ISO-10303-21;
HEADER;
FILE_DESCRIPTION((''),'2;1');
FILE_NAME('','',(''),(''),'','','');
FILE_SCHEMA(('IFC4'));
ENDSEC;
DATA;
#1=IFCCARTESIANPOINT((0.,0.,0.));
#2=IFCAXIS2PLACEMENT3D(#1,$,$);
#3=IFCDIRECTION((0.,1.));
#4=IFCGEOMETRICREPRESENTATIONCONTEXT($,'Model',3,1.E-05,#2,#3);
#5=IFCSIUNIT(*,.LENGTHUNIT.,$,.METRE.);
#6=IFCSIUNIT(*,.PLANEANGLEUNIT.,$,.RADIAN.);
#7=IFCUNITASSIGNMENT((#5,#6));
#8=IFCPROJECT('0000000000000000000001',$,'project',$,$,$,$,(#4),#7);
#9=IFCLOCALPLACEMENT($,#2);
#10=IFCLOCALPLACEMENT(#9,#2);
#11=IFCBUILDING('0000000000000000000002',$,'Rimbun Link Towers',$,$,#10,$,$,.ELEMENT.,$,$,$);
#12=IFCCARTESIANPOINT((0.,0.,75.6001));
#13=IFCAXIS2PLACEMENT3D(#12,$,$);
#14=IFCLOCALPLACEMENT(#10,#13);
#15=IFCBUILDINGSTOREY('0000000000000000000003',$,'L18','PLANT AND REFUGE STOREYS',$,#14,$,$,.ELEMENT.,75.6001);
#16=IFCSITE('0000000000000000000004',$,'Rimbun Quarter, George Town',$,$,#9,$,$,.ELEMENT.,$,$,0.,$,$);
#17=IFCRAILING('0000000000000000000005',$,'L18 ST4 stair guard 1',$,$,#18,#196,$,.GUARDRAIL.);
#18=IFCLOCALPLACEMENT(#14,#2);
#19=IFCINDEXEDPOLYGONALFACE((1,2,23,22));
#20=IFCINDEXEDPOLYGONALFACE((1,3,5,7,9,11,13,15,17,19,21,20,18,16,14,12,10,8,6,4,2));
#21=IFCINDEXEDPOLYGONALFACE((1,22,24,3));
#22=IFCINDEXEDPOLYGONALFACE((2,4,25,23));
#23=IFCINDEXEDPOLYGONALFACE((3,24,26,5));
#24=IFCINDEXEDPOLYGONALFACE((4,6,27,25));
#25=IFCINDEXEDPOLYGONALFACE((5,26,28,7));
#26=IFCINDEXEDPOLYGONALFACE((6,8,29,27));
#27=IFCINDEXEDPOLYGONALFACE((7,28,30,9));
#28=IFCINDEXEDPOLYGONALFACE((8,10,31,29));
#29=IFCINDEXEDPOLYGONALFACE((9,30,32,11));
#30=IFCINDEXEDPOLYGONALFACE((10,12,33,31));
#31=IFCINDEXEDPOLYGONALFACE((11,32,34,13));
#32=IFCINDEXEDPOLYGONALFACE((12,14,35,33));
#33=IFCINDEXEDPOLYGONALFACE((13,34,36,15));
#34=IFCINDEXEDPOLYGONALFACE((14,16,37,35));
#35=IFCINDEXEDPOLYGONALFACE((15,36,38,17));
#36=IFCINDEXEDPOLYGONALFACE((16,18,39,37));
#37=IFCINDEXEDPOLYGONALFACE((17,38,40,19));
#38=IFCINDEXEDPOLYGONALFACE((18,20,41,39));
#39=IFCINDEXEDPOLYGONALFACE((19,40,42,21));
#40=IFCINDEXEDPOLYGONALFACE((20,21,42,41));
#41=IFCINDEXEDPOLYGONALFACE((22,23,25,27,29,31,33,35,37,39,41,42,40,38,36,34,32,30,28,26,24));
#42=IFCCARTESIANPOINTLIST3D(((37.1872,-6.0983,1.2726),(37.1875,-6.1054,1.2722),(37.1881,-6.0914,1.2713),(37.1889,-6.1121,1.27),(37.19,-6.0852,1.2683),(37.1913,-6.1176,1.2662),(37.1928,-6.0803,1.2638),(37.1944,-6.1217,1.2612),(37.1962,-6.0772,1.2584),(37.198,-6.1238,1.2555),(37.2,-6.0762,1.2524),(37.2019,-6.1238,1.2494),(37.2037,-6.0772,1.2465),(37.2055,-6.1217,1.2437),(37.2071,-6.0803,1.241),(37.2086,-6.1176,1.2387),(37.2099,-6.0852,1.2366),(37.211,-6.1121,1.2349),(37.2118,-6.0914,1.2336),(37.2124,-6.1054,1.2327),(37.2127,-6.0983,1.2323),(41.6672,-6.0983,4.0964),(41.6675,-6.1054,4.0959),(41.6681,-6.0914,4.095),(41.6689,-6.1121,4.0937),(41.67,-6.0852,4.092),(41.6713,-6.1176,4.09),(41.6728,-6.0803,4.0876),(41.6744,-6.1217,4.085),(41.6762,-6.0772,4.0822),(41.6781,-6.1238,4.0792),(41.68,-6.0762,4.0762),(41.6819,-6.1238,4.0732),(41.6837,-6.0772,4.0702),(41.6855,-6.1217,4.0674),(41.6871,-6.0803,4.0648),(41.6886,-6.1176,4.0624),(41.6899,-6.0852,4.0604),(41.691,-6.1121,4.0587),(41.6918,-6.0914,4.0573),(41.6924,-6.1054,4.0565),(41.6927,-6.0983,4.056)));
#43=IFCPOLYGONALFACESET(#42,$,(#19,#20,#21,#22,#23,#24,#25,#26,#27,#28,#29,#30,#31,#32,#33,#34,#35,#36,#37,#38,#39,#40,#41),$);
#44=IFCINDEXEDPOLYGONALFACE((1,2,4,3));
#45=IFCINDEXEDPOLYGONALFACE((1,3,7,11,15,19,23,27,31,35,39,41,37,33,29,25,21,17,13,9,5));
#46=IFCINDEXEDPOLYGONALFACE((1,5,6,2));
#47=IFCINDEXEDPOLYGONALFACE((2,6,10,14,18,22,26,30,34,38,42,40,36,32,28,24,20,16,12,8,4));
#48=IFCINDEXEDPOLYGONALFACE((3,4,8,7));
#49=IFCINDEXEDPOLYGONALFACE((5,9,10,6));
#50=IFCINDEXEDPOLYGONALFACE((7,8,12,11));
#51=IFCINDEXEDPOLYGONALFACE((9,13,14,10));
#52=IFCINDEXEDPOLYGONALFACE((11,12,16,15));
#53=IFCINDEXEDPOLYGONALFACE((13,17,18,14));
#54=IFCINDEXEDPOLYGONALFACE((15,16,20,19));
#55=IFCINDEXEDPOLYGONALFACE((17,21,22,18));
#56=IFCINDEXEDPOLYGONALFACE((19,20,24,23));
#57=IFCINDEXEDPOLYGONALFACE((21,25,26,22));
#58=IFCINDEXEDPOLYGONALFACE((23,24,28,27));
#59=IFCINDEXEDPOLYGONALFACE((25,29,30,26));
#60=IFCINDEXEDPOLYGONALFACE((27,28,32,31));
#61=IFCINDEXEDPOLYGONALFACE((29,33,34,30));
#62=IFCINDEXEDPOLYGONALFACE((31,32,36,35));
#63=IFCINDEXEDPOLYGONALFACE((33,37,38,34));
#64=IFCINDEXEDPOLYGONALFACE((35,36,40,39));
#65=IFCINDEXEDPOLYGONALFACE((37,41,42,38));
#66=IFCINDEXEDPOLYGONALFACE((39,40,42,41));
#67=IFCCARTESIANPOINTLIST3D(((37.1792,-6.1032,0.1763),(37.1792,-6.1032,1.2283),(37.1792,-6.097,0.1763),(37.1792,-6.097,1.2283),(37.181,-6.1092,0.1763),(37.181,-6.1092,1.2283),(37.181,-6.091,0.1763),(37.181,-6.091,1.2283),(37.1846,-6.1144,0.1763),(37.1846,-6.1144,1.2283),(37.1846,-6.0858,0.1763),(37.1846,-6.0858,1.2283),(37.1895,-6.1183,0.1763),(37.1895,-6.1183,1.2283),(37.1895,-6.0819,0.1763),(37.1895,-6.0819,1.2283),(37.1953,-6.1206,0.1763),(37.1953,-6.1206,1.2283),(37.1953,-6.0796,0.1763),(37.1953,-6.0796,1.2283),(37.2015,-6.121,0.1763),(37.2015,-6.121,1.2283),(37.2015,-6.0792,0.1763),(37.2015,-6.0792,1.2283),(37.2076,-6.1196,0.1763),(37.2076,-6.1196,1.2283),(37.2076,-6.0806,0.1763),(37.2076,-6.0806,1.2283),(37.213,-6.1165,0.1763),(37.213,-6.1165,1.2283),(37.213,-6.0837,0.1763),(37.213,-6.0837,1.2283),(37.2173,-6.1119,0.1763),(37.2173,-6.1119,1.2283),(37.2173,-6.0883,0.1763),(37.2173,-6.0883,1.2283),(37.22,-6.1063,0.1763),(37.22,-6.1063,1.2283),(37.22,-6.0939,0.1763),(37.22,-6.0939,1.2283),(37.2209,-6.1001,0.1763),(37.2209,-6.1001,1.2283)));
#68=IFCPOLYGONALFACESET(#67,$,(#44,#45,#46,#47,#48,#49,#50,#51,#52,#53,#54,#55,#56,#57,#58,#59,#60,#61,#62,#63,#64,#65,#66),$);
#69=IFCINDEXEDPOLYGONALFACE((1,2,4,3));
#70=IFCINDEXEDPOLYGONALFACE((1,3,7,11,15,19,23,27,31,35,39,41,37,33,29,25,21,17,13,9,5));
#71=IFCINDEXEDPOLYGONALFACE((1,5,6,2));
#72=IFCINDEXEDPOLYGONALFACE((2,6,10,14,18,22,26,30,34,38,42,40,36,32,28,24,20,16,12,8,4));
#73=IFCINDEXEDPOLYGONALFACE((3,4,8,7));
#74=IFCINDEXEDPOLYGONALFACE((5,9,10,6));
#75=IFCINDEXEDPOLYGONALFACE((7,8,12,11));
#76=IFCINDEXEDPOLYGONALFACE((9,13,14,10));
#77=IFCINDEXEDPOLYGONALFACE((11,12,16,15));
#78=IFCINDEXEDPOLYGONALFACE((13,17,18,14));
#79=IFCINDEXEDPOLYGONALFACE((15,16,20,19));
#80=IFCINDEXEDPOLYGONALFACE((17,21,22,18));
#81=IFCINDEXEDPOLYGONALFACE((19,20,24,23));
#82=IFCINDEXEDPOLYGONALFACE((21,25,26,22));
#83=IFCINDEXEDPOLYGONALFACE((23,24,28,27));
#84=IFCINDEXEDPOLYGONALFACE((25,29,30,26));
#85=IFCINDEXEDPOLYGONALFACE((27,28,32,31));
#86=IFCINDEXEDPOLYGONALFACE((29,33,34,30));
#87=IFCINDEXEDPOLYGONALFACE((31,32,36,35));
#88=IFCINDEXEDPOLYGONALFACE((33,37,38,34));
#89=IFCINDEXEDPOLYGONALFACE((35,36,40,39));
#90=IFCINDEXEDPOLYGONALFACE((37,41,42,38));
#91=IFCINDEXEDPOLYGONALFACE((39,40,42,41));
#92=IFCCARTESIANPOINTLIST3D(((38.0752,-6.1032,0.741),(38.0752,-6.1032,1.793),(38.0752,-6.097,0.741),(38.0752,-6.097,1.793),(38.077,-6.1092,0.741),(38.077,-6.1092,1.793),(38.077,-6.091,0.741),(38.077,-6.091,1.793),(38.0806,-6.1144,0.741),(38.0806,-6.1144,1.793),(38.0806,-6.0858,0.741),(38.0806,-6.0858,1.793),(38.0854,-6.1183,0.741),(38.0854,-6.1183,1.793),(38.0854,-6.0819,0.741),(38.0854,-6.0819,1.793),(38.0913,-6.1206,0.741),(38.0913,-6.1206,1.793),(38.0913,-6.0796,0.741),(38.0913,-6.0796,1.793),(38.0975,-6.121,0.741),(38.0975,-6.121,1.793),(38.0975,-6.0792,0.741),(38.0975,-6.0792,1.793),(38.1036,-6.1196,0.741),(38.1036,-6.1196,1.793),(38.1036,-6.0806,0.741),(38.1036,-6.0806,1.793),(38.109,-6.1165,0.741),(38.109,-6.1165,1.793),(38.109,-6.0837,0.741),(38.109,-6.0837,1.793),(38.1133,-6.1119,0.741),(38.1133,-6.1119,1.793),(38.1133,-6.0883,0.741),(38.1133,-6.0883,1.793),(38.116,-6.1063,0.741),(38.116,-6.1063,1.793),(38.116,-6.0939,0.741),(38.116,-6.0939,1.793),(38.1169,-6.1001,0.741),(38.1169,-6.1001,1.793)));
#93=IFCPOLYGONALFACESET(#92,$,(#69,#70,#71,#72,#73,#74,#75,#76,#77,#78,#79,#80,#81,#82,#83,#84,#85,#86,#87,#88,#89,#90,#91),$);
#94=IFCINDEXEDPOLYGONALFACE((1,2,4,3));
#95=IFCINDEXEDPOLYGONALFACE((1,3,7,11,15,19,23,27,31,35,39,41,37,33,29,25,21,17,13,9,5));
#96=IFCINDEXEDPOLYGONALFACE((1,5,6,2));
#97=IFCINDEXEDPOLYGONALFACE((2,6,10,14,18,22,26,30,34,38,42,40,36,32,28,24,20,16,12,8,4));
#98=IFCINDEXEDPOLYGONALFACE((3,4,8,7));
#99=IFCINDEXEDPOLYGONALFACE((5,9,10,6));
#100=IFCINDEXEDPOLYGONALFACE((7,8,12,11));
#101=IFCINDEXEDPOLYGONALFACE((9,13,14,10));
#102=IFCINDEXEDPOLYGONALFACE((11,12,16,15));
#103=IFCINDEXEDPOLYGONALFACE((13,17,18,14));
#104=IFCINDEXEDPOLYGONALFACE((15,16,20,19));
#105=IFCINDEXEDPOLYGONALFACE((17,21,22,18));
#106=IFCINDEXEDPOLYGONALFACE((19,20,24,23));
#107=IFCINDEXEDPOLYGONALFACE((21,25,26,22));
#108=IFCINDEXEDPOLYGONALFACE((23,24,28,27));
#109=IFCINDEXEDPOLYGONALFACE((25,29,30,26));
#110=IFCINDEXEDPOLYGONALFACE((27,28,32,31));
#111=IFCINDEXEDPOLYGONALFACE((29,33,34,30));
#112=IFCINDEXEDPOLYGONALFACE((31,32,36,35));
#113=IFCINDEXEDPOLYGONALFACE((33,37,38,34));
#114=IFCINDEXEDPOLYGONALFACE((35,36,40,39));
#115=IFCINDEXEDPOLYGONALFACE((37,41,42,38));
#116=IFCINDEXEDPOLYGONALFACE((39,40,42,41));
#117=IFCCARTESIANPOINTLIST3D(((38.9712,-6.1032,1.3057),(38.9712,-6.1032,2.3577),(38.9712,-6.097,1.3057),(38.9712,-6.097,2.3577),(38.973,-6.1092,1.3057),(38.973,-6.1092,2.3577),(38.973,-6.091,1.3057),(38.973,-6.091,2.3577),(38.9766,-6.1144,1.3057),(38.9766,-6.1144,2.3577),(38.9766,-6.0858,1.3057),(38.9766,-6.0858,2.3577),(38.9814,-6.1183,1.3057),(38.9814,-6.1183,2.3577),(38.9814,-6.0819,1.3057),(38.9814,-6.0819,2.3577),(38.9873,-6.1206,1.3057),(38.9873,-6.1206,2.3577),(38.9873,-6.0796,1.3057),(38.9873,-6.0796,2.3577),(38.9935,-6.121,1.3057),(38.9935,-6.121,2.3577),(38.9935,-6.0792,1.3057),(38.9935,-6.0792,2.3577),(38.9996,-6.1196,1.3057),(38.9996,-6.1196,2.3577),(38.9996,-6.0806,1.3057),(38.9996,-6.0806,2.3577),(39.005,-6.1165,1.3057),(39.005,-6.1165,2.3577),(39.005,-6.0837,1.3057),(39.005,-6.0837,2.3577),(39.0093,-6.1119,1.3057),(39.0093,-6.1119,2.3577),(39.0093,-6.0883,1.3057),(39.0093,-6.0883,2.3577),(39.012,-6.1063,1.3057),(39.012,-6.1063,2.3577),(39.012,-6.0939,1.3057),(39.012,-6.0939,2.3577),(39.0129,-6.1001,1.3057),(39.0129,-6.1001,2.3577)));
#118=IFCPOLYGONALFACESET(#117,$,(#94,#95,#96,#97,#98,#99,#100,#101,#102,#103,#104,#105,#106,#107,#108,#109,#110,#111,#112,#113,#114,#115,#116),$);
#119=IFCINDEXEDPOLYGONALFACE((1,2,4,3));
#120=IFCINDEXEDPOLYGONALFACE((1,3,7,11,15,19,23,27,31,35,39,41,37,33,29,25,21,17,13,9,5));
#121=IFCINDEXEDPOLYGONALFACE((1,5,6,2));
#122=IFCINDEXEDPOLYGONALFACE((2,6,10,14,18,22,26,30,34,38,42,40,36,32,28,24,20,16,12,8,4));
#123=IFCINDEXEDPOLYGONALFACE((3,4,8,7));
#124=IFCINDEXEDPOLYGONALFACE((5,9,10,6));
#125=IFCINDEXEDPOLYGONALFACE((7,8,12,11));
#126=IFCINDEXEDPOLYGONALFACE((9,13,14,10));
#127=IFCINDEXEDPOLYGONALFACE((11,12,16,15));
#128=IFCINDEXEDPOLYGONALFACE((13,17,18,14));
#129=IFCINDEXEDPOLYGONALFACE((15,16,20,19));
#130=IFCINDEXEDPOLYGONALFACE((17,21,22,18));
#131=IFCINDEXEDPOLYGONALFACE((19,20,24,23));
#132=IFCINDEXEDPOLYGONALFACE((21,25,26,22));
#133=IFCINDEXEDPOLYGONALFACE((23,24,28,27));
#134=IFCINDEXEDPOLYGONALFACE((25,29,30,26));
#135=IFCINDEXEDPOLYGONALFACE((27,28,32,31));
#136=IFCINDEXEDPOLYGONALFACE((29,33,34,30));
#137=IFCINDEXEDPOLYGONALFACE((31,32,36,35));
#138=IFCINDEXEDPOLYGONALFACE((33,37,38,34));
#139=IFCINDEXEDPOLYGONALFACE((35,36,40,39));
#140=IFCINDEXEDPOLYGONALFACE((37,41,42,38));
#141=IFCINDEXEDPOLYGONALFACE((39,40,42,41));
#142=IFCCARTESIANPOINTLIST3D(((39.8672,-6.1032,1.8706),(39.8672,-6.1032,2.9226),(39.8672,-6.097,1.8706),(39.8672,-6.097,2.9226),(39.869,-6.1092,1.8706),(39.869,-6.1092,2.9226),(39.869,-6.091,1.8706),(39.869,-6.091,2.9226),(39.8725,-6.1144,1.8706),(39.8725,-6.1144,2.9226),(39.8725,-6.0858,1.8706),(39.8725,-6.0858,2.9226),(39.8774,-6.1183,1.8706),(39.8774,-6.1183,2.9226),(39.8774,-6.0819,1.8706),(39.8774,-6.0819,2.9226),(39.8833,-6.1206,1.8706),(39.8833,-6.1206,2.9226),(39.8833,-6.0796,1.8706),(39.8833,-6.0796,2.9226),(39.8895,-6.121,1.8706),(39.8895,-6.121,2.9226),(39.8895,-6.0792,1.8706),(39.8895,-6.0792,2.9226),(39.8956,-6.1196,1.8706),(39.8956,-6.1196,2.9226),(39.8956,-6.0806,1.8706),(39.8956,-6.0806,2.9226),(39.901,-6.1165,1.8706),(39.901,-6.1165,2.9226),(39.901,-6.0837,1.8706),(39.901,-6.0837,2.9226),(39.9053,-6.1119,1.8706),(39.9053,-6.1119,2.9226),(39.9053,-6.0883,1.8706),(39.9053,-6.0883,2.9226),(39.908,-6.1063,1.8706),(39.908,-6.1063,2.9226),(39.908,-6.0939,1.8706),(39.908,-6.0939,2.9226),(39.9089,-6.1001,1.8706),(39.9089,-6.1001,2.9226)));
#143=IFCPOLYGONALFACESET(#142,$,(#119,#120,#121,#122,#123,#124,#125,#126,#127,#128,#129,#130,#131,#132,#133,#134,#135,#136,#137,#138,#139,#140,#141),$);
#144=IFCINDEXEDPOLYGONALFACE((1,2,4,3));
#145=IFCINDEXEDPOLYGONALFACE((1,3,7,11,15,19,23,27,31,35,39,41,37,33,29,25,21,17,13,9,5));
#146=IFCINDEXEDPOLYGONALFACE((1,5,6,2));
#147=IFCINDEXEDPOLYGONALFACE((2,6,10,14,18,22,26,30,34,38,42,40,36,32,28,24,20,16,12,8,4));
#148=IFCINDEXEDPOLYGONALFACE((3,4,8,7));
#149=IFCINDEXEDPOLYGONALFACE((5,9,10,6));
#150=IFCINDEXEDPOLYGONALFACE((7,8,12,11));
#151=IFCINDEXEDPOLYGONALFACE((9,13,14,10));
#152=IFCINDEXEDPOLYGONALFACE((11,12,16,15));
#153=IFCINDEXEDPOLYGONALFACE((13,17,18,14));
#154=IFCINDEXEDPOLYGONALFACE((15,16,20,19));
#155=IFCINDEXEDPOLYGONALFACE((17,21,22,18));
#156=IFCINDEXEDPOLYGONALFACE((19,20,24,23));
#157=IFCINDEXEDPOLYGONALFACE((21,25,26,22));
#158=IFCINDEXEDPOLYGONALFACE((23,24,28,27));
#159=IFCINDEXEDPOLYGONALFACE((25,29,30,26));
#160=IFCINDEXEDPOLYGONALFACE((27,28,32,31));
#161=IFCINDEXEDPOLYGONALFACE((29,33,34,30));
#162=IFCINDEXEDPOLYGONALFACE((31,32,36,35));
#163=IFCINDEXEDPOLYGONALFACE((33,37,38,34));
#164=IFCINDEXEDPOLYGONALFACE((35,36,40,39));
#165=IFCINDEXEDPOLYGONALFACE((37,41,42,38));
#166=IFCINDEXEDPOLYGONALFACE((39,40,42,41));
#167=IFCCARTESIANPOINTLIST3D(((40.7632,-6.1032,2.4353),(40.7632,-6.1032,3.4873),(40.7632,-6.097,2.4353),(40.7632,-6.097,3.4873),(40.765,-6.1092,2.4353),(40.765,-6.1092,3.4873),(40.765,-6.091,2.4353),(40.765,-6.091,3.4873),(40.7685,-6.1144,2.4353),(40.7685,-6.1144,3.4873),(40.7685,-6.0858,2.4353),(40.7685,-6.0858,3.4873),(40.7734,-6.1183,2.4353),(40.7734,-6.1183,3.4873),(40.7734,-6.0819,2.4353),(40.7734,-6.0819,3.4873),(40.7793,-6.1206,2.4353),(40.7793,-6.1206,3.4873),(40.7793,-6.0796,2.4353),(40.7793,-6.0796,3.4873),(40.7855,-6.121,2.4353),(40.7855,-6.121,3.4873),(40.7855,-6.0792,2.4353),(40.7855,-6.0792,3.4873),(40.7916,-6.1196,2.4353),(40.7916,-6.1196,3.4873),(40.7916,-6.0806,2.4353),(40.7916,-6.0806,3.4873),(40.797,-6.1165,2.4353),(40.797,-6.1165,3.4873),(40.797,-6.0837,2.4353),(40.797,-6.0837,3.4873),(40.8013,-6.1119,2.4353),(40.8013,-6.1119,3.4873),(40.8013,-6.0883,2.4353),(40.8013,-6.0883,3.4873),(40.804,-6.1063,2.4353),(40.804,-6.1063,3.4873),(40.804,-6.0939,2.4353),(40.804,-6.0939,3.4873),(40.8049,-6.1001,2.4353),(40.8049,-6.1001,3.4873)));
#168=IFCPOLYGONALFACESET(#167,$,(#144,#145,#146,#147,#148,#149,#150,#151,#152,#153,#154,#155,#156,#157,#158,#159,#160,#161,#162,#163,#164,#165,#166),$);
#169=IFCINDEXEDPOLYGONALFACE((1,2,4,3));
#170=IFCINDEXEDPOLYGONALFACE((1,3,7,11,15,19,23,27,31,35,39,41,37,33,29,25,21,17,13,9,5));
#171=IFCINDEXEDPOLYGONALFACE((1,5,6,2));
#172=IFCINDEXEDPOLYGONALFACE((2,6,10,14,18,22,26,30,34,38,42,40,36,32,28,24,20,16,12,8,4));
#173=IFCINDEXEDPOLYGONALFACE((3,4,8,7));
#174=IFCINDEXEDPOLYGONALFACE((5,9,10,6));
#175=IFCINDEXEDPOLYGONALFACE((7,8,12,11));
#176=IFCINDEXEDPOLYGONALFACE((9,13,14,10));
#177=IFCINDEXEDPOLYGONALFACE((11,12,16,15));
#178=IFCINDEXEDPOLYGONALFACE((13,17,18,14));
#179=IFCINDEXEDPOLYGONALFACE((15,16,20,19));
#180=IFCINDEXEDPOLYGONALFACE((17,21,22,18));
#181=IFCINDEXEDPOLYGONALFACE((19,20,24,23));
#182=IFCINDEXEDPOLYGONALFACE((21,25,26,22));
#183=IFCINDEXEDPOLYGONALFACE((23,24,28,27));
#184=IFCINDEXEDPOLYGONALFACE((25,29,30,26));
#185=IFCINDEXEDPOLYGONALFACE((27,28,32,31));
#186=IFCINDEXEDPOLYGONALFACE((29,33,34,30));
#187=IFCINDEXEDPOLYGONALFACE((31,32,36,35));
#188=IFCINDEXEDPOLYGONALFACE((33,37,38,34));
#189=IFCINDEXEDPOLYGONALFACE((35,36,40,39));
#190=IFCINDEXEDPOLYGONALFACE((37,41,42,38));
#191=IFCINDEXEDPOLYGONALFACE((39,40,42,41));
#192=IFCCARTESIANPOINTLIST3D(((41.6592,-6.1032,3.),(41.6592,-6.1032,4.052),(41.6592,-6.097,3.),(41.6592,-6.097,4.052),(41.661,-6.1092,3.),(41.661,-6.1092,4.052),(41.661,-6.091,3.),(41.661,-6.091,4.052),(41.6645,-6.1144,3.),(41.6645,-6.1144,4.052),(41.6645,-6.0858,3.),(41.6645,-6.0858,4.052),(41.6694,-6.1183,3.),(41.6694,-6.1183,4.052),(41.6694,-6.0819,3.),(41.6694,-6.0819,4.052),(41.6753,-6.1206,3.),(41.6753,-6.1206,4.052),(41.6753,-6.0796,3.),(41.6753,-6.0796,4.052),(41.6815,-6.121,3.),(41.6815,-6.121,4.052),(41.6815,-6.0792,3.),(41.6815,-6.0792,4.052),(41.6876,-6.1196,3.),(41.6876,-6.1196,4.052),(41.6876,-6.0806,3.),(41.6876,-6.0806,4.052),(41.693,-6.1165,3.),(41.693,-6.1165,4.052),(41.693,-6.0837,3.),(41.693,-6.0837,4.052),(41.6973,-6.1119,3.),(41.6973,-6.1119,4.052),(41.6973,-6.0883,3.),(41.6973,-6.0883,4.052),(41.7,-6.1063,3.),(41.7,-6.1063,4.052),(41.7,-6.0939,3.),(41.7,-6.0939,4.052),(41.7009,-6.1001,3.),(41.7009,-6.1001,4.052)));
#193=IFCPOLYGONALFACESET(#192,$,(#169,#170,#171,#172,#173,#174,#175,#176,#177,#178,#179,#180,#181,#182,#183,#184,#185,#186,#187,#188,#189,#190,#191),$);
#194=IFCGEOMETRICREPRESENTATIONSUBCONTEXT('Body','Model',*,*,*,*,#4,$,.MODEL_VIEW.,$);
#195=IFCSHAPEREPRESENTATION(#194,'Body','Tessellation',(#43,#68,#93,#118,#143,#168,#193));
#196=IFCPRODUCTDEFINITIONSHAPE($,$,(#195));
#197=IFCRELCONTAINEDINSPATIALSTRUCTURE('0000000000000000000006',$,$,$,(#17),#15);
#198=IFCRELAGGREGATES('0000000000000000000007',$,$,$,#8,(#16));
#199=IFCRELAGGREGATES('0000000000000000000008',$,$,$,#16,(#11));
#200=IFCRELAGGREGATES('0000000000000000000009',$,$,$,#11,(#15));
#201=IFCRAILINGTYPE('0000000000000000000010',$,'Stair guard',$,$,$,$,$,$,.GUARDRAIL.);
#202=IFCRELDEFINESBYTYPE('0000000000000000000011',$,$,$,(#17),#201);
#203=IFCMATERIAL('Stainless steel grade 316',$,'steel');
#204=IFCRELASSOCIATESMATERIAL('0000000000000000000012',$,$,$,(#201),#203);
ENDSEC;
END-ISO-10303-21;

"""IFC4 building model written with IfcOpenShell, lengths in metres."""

from ifc_helpers import new_model, si_unit, direction, frame, origin, origin_2d, place, context, subcontext, project, spatial, circle, extrude, material, type_object, element, save


model = new_model("IFC4")

# Units and contexts
model_context = context("Model", 3, precision=1e-05, world=origin(), true_north=direction((0.0, 1.0)))
body_context = subcontext(model_context, "Body", "Model", "MODEL_VIEW")
ifc_project = project(units=[si_unit("LENGTHUNIT", "METRE"), si_unit("PLANEANGLEUNIT", "RADIAN")], contexts=[model_context])

# Site, building, storey
site_placement = place(None, origin())
site = spatial("IfcSite", under=ifc_project, at=site_placement, Name="Rimbun Quarter, George Town", CompositionType="ELEMENT", RefElevation=0.0)
building_placement = place(site_placement, origin())
building = spatial("IfcBuilding", under=site, at=building_placement, Name="Rimbun Link Towers", CompositionType="ELEMENT")
storey_placement = place(building_placement, frame((0.0, 0.0, 75.6001)))
storey = spatial("IfcBuildingStorey", under=building, at=storey_placement, Name="L18", Description="PLANT AND REFUGE STOREYS", CompositionType="ELEMENT", Elevation=75.6001)

# Railing
ifc_material_1 = material(Name="Stainless steel grade 316", Category="steel")
railing_type_1 = type_object("IfcRailingType", Name="Stair guard", PredefinedType="GUARDRAIL", material=ifc_material_1)
railing_1_placement = place(storey_placement, frame((37.2, -6.1001, 0.1763)))
element("IfcRailing", 1, at=railing_1_placement, inside=storey, type_object=railing_type_1, Name="L18 ST4 stair guard 1", PredefinedType="GUARDRAIL", context=body_context, shape_type="SweptSolid", body=[
    extrude(circle(Radius=0.0239, at=origin_2d()), frame((0.0, 0.0, 1.0762), z_axis=(0.845977, 0.0, 0.533219), x_axis=(0.0, 1.0, 0.0)), (0.0, 0.0, 1.0), 5.2957),
    extrude(circle(Radius=0.021, at=origin_2d()), origin(), (0.0, 0.0, 1.0), 1.052),
    extrude(circle(Radius=0.021, at=origin_2d()), frame((0.896, 0.0, 0.5647)), (0.0, 0.0, 1.0), 1.052),
    extrude(circle(Radius=0.021, at=origin_2d()), frame((1.792, 0.0, 1.1294)), (0.0, 0.0, 1.0), 1.052),
    extrude(circle(Radius=0.021, at=origin_2d()), frame((2.688, 0.0, 1.6943)), (0.0, 0.0, 1.0), 1.052),
    extrude(circle(Radius=0.021, at=origin_2d()), frame((3.584, 0.0, 2.259)), (0.0, 0.0, 1.0), 1.052),
    extrude(circle(Radius=0.021, at=origin_2d()), frame((4.48, 0.0, 2.8237)), (0.0, 0.0, 1.0), 1.052),
])

save(model, "model.ifc")
